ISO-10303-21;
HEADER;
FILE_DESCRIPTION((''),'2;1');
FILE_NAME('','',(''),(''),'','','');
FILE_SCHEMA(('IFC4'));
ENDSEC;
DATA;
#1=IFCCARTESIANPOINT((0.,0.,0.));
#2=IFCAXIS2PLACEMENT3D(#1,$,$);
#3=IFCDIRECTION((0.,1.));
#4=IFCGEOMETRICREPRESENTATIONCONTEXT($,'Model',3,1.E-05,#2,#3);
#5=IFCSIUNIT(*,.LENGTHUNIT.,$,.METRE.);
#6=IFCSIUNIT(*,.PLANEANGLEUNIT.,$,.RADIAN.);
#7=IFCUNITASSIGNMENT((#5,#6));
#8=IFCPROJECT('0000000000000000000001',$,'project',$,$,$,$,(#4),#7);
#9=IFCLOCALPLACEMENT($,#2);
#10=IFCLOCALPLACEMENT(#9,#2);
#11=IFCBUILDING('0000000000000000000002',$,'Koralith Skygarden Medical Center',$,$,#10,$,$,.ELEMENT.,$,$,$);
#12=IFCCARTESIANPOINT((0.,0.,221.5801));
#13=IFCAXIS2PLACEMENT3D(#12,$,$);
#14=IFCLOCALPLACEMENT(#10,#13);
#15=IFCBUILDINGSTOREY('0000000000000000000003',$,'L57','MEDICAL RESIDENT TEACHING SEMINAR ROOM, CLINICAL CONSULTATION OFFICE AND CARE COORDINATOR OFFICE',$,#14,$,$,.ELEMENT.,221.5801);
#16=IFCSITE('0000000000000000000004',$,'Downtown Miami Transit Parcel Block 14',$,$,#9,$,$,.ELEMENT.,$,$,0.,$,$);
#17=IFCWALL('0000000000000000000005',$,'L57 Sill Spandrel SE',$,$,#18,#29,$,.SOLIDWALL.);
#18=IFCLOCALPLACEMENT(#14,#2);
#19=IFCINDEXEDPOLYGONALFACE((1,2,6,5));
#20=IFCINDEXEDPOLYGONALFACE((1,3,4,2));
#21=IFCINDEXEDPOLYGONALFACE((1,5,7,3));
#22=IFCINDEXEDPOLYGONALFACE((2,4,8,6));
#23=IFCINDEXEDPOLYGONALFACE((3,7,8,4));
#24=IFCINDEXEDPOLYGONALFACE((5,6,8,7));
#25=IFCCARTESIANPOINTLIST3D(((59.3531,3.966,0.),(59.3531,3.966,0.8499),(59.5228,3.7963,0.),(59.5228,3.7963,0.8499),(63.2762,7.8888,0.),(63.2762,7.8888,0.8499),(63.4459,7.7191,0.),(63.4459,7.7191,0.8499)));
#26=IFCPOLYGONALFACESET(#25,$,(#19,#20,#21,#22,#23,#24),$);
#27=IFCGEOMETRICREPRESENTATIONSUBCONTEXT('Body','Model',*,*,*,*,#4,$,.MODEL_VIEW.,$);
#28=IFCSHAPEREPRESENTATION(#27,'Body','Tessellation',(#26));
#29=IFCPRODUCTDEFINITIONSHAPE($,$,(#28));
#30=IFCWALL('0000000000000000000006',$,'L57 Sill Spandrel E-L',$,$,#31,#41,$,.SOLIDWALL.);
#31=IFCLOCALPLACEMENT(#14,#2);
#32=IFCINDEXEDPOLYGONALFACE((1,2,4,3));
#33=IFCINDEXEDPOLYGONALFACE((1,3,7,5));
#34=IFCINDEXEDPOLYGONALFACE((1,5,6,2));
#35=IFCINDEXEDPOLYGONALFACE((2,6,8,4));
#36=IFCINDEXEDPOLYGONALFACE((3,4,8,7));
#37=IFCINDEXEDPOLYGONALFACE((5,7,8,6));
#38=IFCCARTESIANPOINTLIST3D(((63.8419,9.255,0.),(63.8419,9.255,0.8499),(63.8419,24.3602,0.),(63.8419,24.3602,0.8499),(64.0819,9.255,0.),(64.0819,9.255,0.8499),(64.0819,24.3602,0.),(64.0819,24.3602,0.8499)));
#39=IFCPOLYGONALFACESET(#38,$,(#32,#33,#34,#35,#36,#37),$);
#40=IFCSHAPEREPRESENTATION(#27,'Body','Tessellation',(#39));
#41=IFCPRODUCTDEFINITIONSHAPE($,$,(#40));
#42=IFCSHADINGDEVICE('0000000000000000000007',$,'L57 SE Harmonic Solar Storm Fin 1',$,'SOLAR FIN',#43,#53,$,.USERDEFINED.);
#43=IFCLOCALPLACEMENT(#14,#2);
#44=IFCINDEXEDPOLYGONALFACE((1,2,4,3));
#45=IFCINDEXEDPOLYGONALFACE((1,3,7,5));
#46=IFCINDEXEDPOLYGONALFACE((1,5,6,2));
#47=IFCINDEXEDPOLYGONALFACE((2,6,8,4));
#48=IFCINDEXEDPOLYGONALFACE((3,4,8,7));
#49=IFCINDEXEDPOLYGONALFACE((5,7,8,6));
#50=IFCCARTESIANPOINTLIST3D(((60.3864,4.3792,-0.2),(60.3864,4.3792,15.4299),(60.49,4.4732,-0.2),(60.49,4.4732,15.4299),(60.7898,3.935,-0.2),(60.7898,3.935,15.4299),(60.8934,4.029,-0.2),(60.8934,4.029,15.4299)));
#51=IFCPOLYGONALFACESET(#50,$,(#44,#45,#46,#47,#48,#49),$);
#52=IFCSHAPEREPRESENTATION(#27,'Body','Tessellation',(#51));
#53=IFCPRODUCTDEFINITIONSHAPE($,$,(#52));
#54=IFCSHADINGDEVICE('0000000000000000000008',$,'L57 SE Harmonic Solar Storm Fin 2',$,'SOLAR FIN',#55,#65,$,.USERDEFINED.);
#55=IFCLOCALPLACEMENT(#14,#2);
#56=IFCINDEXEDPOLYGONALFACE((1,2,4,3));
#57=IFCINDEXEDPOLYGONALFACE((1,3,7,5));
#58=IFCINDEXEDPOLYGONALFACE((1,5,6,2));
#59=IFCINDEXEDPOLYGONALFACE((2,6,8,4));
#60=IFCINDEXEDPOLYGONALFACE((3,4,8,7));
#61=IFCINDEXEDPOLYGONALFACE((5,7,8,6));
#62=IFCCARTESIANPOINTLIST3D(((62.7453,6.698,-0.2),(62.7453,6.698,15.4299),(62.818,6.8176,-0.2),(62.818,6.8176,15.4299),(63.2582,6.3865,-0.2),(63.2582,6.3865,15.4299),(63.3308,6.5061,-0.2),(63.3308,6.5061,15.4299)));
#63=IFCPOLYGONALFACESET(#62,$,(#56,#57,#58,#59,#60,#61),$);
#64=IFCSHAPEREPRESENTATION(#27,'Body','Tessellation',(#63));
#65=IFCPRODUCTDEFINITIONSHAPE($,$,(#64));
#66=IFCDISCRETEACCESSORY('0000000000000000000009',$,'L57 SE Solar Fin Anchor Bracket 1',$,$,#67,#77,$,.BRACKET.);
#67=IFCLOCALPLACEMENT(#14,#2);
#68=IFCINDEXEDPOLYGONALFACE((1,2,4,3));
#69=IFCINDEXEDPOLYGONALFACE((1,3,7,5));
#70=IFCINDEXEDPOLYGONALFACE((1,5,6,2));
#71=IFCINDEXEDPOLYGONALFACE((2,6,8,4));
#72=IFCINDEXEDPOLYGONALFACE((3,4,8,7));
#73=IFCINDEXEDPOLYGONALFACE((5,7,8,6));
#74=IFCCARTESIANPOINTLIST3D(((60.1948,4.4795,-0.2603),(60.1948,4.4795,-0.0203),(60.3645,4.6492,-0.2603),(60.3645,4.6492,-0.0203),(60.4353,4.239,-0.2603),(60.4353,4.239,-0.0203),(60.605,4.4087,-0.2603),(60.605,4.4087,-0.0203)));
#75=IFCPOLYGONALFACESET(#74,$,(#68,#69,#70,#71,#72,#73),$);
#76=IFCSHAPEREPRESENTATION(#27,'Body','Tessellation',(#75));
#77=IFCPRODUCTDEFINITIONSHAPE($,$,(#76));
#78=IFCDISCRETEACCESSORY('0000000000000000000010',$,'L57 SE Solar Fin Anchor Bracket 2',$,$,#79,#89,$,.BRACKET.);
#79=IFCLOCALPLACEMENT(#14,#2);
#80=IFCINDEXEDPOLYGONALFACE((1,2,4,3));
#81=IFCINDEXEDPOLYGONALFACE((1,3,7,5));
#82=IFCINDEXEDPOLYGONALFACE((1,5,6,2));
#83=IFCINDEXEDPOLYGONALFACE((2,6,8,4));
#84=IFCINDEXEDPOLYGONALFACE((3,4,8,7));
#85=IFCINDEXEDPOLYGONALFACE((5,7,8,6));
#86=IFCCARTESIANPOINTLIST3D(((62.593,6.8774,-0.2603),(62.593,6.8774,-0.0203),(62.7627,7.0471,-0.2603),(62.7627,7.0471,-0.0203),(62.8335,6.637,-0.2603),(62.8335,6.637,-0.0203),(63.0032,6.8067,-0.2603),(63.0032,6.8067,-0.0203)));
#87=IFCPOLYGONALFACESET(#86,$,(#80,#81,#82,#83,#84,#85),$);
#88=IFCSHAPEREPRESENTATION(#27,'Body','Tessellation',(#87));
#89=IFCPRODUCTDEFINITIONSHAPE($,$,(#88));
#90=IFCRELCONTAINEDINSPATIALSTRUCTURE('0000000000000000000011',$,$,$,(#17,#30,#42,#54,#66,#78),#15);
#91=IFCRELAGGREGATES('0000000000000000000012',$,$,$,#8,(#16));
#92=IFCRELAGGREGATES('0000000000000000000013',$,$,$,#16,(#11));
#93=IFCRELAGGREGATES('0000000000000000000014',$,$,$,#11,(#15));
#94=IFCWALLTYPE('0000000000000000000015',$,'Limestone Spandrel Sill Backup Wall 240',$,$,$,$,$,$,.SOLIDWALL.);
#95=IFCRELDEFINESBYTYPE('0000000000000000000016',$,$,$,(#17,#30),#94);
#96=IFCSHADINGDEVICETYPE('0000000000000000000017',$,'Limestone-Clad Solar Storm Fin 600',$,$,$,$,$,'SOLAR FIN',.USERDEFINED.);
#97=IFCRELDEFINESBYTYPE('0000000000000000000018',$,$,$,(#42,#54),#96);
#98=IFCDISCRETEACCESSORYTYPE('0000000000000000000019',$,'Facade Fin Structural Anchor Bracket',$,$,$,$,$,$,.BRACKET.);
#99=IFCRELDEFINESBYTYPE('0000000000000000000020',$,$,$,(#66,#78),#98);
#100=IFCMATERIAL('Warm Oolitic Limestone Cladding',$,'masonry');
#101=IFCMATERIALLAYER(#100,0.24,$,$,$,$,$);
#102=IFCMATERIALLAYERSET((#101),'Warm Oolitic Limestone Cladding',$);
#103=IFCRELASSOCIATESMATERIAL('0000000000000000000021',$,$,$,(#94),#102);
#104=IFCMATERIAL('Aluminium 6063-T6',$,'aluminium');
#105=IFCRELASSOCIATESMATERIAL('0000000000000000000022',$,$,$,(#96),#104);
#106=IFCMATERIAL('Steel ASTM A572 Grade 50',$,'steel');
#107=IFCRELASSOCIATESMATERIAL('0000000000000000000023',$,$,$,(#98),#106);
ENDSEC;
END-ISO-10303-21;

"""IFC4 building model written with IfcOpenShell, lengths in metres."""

from ifc_helpers import new_model, si_unit, direction, frame, frame_2d, origin, origin_2d, place, context, subcontext, project, spatial, rectangle, extrude, material, layer, layer_set, type_object, element, save


model = new_model("IFC4")

# Units and contexts
model_context = context("Model", 3, precision=1e-05, world=origin(), true_north=direction((0.0, 1.0)))
body_context = subcontext(model_context, "Body", "Model", "MODEL_VIEW")
ifc_project = project(units=[si_unit("LENGTHUNIT", "METRE"), si_unit("PLANEANGLEUNIT", "RADIAN")], contexts=[model_context])

# Site, building, storey
site_placement = place(None, origin())
site = spatial("IfcSite", under=ifc_project, at=site_placement, Name="Downtown Miami Transit Parcel Block 14", CompositionType="ELEMENT", RefElevation=0.0)
building_placement = place(site_placement, origin())
building = spatial("IfcBuilding", under=site, at=building_placement, Name="Koralith Skygarden Medical Center", CompositionType="ELEMENT")
storey_placement = place(building_placement, frame((0.0, 0.0, 221.5801)))
storey = spatial("IfcBuildingStorey", under=building, at=storey_placement, Name="L57", Description="MEDICAL RESIDENT TEACHING SEMINAR ROOM, CLINICAL CONSULTATION OFFICE AND CARE COORDINATOR OFFICE", CompositionType="ELEMENT", Elevation=221.5801)

# Shared definitions
ifc_material_1 = material(Name="Aluminium 6063-T6", Category="aluminium")

# Shared definitions
ifc_material_2 = material(Name="Warm Oolitic Limestone Cladding", Category="masonry")

# Walls
ifc_layer_1 = layer(ifc_material_2, 0.24)
ifc_layer_set_1 = layer_set([ifc_layer_1], Name="Warm Oolitic Limestone Cladding")
wall_type = type_object("IfcWallType", Name="Limestone Spandrel Sill Backup Wall 240", PredefinedType="SOLIDWALL", material=ifc_layer_set_1)
wall_1_placement = place(storey_placement, frame((59.438, 3.8811, 0.0), z_axis=(0.0, 0.0, 1.0), x_axis=(0.707129, 0.707085, 0.0)))
element("IfcWall", 1, at=wall_1_placement, inside=storey, type_object=wall_type, Name="L57 Sill Spandrel SE", PredefinedType="SOLIDWALL", context=body_context, shape_type="SweptSolid", body=[
    extrude(rectangle(XDim=5.5479, YDim=0.24, at=frame_2d((2.7739, 0.0))), origin(), (0.0, 0.0, 1.0), 0.8499),
])
wall_2_placement = place(storey_placement, frame((63.9619, 9.2549, 0.0), z_axis=(0.0, 0.0, 1.0), x_axis=(0.0, 1.0, 0.0)))
element("IfcWall", 2, at=wall_2_placement, inside=storey, type_object=wall_type, Name="L57 Sill Spandrel E-L", PredefinedType="SOLIDWALL", context=body_context, shape_type="SweptSolid", body=[
    extrude(rectangle(XDim=15.1052, YDim=0.24, at=frame_2d((7.5527, 0.0))), origin(), (0.0, 0.0, 1.0), 0.8499),
])

# Shading devices
shading_device_type = type_object("IfcShadingDeviceType", Name="Limestone-Clad Solar Storm Fin 600", ElementType="SOLAR FIN", PredefinedType="USERDEFINED", material=ifc_material_1)
for number, where, z_axis, x_axis, name in (
    (3, (60.6399, 4.2041, -0.2), (0.0, 0.0, 1.0), (0.672289, -0.740289, 0.0), "L57 SE Harmonic Solar Storm Fin 1"),
    (4, (63.0381, 6.6021, -0.2), (0.0, 0.0, 1.0), (0.854676, -0.519161, 0.0), "L57 SE Harmonic Solar Storm Fin 2"),
):
    element("IfcShadingDevice", number, at=place(storey_placement, frame(where, z_axis=z_axis, x_axis=x_axis)), inside=storey, type_object=shading_device_type, Name=name, ObjectType="SOLAR FIN", PredefinedType="USERDEFINED", context=body_context, shape_type="SweptSolid", body=[
        extrude(rectangle(XDim=0.6001, YDim=0.1399, at=origin_2d()), origin(), (0.0, 0.0, 1.0), 15.6299),
    ])

# Discrete accessories
ifc_material_3 = material(Name="Steel ASTM A572 Grade 50", Category="steel")
discrete_accessory_type = type_object("IfcDiscreteAccessoryType", Name="Facade Fin Structural Anchor Bracket", PredefinedType="BRACKET", material=ifc_material_3)
for number, where, z_axis, x_axis, name in (
    (5, (60.3999, 4.4441, -0.2603), (0.0, 0.0, 1.0), (0.707107, -0.707107, 0.0), "L57 SE Solar Fin Anchor Bracket 1"),
    (6, (62.7981, 6.842, -0.2603), (0.0, 0.0, 1.0), (0.707107, -0.707107, 0.0), "L57 SE Solar Fin Anchor Bracket 2"),
):
    element("IfcDiscreteAccessory", number, at=place(storey_placement, frame(where, z_axis=z_axis, x_axis=x_axis)), inside=storey, type_object=discrete_accessory_type, Name=name, PredefinedType="BRACKET", context=body_context, shape_type="SweptSolid", body=[
        extrude(rectangle(XDim=0.3401, YDim=0.24, at=origin_2d()), origin(), (0.0, 0.0, 1.0), 0.24),
    ])

save(model, "model.ifc")
